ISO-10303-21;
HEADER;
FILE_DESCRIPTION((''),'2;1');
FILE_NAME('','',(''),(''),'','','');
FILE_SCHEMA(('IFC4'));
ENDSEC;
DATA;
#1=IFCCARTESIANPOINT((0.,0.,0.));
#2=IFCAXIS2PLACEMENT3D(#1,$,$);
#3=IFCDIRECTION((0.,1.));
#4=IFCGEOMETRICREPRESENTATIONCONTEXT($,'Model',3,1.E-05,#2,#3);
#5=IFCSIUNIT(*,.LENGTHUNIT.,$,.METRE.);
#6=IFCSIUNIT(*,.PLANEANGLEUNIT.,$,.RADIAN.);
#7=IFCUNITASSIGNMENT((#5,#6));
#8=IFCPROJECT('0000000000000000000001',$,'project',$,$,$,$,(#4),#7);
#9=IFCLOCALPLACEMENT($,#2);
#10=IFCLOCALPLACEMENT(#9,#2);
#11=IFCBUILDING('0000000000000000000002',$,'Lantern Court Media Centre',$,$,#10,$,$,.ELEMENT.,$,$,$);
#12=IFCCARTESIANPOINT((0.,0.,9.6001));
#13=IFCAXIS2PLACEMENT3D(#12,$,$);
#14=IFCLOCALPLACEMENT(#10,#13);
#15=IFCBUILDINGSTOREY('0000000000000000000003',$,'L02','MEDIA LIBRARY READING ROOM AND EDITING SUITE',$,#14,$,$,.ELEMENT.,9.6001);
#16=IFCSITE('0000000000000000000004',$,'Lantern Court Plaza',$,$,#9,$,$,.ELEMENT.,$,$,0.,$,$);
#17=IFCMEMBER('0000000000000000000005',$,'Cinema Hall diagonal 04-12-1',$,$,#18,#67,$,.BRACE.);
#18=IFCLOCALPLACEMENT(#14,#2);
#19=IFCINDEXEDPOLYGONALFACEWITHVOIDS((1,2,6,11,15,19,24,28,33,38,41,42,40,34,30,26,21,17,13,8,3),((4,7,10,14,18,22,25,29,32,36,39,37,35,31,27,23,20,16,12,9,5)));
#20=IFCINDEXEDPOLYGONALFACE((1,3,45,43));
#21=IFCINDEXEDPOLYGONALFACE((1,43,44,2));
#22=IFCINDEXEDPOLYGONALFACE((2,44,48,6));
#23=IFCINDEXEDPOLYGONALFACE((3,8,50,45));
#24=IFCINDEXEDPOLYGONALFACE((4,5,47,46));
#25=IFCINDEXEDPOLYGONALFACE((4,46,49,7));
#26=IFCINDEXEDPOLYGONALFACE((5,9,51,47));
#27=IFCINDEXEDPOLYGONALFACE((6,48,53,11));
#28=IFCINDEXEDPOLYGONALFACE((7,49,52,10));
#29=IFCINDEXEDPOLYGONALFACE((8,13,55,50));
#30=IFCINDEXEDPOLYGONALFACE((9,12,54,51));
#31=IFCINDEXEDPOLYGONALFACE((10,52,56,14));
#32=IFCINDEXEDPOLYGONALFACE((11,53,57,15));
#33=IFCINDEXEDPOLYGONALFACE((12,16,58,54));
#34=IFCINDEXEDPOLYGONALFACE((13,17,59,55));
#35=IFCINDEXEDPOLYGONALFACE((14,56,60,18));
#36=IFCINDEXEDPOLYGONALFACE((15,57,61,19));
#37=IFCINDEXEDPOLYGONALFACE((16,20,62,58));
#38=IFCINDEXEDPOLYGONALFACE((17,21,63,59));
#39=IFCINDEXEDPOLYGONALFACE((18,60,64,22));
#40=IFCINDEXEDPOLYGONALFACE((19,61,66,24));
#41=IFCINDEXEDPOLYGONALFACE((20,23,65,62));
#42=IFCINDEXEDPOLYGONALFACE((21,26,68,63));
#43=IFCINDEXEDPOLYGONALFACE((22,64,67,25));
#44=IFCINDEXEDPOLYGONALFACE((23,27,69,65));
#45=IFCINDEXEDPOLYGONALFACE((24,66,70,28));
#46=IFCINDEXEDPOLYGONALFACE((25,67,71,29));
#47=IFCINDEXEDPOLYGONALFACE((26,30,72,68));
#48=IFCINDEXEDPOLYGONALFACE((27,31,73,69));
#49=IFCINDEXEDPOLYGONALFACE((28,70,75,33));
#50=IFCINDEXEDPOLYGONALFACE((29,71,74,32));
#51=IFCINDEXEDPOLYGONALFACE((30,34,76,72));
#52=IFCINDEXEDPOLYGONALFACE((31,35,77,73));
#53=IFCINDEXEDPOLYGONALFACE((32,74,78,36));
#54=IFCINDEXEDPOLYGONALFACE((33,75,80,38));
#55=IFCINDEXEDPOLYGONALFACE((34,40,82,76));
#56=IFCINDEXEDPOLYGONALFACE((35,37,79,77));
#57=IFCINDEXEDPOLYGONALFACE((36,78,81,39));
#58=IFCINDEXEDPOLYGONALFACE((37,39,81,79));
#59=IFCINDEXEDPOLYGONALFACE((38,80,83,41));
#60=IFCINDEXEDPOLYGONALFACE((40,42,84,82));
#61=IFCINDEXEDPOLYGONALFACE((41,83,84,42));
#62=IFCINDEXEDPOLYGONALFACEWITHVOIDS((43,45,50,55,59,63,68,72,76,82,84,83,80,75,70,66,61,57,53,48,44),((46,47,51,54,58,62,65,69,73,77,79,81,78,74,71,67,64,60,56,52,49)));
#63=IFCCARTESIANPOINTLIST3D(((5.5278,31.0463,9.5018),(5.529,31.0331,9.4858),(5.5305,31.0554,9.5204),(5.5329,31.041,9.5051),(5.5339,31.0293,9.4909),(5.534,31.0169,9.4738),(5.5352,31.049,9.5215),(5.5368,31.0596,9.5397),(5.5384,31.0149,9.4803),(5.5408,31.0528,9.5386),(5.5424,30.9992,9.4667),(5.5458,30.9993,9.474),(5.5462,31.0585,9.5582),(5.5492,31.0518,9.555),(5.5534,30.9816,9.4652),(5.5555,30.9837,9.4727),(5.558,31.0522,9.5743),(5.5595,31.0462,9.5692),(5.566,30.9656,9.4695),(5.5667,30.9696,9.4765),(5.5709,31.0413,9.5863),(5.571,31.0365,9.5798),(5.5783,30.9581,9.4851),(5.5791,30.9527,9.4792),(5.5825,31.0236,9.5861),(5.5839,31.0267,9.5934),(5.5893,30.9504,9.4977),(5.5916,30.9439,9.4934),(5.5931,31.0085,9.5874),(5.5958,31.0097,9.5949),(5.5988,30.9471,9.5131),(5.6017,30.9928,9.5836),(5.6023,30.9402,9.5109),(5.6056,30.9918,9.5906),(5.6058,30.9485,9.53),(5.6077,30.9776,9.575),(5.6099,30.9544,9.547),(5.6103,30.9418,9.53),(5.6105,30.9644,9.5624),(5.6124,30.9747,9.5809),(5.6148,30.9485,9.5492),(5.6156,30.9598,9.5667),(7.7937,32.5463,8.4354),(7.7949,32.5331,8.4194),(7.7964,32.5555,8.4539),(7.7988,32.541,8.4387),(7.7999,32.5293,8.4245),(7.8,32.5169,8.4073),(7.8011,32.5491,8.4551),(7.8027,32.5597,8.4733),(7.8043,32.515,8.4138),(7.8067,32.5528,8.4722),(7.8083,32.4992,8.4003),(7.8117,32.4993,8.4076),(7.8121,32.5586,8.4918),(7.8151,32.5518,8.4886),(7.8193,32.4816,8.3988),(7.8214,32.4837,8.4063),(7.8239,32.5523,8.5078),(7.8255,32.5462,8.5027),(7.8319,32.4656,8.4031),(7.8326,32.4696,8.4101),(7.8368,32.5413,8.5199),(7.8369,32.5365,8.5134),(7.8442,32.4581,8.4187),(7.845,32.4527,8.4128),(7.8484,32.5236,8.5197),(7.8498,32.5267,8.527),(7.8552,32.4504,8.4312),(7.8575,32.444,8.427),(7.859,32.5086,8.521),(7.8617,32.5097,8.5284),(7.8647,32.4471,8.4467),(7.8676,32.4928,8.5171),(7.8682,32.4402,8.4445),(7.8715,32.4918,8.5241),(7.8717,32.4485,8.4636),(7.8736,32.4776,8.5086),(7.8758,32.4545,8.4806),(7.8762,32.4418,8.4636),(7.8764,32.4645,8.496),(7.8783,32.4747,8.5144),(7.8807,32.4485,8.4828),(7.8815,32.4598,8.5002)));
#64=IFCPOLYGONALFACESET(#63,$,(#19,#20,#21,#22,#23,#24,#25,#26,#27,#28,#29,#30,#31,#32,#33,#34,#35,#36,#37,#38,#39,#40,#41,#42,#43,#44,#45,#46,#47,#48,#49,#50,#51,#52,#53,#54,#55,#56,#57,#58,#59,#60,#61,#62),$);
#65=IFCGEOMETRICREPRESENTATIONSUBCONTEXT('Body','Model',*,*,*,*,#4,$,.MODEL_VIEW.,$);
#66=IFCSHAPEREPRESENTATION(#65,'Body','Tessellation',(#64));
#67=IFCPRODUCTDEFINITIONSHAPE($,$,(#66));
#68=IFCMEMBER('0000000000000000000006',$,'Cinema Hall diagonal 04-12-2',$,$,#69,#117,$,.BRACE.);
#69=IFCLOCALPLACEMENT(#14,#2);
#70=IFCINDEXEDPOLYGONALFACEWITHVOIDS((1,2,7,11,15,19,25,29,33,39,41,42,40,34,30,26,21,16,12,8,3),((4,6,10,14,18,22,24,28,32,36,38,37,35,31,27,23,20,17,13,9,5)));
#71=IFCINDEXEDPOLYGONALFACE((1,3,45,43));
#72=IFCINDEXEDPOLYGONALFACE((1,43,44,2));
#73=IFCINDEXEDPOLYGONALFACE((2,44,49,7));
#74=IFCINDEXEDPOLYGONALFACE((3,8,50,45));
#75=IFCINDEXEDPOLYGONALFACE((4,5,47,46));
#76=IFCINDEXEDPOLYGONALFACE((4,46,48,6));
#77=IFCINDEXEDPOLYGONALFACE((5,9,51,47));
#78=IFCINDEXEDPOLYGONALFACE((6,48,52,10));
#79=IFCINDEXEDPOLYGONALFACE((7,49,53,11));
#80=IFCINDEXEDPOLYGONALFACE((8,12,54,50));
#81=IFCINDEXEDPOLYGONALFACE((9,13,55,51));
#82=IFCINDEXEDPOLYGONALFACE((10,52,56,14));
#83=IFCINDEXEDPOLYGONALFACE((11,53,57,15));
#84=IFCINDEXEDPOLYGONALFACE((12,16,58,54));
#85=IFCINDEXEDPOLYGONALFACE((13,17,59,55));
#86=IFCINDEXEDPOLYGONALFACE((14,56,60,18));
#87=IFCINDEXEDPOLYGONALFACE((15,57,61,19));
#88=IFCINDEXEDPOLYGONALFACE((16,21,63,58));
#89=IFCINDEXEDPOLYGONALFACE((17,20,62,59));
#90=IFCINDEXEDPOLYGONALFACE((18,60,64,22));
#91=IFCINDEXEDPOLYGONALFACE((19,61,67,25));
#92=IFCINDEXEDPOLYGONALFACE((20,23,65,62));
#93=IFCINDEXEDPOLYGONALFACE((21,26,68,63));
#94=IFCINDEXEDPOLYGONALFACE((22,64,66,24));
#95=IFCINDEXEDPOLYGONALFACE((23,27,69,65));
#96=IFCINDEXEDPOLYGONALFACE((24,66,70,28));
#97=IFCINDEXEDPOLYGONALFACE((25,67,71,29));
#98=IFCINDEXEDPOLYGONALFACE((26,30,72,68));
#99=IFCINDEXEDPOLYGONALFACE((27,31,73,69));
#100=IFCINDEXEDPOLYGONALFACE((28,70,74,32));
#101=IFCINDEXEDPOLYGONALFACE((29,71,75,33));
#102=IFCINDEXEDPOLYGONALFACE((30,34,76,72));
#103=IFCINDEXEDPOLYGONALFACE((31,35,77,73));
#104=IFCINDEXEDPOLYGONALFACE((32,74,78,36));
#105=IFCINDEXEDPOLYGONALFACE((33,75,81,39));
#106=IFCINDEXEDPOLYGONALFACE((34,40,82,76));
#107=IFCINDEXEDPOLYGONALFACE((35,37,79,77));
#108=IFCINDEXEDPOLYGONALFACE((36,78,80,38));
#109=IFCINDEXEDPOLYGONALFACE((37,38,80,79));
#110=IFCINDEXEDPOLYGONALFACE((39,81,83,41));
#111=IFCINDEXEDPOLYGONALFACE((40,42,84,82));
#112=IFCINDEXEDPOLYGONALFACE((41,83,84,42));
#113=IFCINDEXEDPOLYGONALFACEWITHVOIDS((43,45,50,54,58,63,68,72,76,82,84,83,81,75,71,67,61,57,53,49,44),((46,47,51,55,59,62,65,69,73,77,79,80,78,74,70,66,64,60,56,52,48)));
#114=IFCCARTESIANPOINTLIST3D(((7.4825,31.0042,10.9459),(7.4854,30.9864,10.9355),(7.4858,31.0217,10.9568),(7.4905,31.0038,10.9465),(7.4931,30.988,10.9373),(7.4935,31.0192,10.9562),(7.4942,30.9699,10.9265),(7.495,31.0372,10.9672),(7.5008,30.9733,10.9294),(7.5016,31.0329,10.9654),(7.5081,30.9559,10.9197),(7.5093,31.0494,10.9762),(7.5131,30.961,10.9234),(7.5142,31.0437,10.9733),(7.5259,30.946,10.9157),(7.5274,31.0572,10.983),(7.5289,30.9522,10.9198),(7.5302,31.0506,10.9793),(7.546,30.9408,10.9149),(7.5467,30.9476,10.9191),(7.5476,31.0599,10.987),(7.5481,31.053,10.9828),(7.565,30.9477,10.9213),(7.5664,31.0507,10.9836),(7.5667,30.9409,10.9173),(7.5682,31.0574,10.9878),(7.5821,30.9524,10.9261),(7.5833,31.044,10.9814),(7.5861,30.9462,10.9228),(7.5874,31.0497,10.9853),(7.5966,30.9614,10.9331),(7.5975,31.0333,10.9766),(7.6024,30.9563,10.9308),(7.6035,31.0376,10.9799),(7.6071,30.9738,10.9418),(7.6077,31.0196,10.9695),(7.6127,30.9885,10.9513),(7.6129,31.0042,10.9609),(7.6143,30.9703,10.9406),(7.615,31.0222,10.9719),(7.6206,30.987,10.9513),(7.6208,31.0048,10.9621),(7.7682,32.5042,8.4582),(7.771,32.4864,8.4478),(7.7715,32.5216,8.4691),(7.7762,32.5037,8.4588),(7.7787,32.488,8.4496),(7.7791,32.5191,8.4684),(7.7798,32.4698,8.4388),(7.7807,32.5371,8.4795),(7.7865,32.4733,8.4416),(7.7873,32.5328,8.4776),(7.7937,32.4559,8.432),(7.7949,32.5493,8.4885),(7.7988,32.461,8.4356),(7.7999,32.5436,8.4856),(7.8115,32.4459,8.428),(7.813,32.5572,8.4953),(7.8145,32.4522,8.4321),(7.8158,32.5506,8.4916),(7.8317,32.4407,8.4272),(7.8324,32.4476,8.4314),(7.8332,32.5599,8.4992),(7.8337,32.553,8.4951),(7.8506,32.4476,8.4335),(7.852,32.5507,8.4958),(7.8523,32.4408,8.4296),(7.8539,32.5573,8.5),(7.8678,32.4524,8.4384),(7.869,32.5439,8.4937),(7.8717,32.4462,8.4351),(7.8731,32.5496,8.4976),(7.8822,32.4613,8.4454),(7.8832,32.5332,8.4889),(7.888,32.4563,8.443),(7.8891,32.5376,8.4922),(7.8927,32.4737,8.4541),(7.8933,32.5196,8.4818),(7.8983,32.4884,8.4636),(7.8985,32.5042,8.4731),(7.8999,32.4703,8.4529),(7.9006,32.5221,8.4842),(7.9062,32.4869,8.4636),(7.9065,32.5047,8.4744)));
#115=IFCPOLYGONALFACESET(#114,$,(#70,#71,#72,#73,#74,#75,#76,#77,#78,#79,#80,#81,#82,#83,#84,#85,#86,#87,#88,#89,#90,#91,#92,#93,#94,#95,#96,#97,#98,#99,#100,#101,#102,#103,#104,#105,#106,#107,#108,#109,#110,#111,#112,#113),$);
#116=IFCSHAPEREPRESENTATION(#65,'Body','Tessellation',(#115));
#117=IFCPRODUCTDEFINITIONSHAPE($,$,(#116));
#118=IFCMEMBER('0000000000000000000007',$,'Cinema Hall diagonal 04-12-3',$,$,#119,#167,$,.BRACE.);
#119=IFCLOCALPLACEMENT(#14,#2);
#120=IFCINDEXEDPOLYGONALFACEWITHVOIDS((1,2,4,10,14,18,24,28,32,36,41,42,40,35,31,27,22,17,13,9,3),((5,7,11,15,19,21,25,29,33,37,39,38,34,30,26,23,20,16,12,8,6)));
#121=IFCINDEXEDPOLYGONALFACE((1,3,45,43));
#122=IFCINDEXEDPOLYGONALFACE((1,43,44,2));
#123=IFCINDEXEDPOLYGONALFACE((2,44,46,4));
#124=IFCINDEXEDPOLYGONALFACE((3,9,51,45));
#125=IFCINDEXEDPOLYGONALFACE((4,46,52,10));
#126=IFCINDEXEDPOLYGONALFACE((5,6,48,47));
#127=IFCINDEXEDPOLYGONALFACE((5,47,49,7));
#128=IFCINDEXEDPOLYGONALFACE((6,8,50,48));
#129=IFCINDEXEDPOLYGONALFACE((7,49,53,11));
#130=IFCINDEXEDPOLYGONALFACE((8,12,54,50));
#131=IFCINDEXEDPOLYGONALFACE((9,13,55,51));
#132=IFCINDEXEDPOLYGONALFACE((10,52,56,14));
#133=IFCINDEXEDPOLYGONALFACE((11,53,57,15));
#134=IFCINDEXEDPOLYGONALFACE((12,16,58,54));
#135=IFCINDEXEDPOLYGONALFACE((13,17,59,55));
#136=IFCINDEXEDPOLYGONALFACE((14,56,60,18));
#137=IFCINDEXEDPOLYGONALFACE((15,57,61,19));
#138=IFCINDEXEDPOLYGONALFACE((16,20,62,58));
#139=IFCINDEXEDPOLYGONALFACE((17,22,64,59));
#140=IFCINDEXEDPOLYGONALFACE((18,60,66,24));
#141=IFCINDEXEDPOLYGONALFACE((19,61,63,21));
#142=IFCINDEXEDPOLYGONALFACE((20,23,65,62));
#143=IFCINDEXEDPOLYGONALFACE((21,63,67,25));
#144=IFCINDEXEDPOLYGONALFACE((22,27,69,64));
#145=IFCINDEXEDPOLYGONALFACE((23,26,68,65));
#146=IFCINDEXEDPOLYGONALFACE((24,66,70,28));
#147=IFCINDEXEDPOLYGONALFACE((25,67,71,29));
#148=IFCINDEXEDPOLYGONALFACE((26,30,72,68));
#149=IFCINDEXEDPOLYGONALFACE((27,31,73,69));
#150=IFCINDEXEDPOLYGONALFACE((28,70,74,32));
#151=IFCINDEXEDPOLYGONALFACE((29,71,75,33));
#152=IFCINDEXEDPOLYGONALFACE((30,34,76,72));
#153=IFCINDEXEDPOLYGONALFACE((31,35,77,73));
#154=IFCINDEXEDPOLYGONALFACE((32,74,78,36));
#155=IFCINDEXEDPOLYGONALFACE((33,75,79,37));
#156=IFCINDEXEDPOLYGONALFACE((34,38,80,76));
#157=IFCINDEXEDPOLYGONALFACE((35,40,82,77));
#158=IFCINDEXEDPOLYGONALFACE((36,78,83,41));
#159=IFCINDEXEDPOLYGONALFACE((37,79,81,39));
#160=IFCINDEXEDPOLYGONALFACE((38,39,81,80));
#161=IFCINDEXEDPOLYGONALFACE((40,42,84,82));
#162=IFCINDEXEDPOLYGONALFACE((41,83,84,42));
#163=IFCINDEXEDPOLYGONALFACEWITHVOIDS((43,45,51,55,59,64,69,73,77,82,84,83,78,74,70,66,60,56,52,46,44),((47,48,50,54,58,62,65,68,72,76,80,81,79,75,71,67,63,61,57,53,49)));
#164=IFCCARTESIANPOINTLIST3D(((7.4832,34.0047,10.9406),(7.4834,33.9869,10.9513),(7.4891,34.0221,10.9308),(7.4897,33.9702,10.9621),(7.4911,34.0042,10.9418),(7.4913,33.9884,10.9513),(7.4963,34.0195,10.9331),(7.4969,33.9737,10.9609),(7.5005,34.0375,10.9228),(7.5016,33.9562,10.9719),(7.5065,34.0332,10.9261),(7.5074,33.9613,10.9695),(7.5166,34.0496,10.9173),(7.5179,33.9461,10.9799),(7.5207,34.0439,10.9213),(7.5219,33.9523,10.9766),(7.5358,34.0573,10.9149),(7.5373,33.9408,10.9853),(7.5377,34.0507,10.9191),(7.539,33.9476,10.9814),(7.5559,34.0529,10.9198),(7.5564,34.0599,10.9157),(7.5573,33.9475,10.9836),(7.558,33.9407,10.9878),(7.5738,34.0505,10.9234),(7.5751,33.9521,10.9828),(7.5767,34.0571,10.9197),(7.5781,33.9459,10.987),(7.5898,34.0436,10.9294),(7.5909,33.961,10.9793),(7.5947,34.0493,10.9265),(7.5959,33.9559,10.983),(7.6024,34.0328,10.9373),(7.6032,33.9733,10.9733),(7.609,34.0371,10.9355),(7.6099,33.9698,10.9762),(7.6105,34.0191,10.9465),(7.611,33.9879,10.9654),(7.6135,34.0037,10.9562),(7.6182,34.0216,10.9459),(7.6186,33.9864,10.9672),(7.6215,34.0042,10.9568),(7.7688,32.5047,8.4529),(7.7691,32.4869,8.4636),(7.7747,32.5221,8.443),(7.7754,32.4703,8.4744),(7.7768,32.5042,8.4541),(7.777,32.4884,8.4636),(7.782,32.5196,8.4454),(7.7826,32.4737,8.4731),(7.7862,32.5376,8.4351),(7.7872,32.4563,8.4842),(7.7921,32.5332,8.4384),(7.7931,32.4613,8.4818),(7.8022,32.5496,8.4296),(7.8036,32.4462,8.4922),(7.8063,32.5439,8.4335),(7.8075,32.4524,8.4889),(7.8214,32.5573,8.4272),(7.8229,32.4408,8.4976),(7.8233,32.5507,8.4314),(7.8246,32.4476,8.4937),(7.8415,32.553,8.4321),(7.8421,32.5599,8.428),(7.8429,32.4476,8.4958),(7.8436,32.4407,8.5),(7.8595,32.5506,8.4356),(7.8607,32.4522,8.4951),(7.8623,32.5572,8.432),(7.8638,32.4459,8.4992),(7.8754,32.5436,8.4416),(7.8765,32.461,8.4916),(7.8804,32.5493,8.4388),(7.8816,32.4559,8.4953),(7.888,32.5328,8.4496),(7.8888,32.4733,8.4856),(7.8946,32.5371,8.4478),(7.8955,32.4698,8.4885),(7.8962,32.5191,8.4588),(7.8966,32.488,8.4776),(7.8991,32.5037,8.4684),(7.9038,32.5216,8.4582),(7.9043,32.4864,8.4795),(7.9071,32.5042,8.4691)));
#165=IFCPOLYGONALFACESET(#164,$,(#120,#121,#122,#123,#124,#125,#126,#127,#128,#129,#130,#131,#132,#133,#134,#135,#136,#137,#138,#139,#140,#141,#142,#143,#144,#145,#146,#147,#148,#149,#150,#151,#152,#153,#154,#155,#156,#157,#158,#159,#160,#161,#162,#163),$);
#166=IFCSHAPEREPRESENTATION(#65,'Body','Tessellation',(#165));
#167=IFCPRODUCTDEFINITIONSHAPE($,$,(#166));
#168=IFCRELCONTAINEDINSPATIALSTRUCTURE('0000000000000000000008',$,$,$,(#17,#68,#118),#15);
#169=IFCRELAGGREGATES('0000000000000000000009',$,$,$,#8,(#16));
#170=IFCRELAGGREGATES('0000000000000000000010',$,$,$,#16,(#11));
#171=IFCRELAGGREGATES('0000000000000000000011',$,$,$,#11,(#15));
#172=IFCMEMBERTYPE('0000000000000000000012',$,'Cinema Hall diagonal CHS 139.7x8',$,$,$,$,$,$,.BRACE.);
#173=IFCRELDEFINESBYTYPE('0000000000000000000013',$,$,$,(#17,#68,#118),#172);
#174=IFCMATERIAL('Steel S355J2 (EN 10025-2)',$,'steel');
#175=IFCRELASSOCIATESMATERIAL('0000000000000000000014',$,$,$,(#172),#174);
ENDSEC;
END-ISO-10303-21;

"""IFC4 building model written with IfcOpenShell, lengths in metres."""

from ifc_helpers import new_model, si_unit, direction, frame, origin, origin_2d, place, context, subcontext, project, spatial, hollow_circle, extrude, material, material_profile, profile_set, type_object, element, save


model = new_model("IFC4")

# Units and contexts
model_context = context("Model", 3, precision=1e-05, world=origin(), true_north=direction((0.0, 1.0)))
body_context = subcontext(model_context, "Body", "Model", "MODEL_VIEW")
ifc_project = project(units=[si_unit("LENGTHUNIT", "METRE"), si_unit("PLANEANGLEUNIT", "RADIAN")], contexts=[model_context])

# Site, building, storey
site_placement = place(None, origin())
site = spatial("IfcSite", under=ifc_project, at=site_placement, Name="Lantern Court Plaza", CompositionType="ELEMENT", RefElevation=0.0)
building_placement = place(site_placement, origin())
building = spatial("IfcBuilding", under=site, at=building_placement, Name="Lantern Court Media Centre", CompositionType="ELEMENT")
storey_placement = place(building_placement, frame((0.0, 0.0, 9.6001)))
storey = spatial("IfcBuildingStorey", under=building, at=storey_placement, Name="L02", Description="MEDIA LIBRARY READING ROOM AND EDITING SUITE", CompositionType="ELEMENT", Elevation=9.6001)

# Members
ifc_material = material(Name="Steel S355J2 (EN 10025-2)", Category="steel")
ifc_material_profile_1 = material_profile(ifc_material, hollow_circle(Radius=0.0698, WallThickness=0.0081, at=origin_2d()), Name="Cinema Hall diagonal CHS 139.7x8")
ifc_profile_set_1 = profile_set([ifc_material_profile_1], Name="Steel S355J2 (EN 10025-2)")
member_type_1 = type_object("IfcMemberType", Name="Cinema Hall diagonal CHS 139.7x8", PredefinedType="BRACE", material=ifc_profile_set_1)
member_1_placement = place(storey_placement, frame((7.8376, 32.5, 8.4636), z_axis=(-0.776211, -0.51385, 0.365315), x_axis=(0.552002, -0.833843, 0.0)))
element("IfcMember", 1, at=member_1_placement, inside=storey, type_object=member_type_1, Name="Cinema Hall diagonal 04-12-1", PredefinedType="BRACE", context=body_context, shape_type="SweptSolid", body=[
    extrude(hollow_circle(Radius=0.0698, WallThickness=0.0081, at=origin_2d()), origin(), (0.0, 0.0, 1.0), 2.9192),
])
for number, where, z_axis, x_axis, name in (
    (2, (7.8376, 32.5, 8.4636), (-0.097856, -0.51387, 0.852268), (0.982347, -0.187068, 0.0), "Cinema Hall diagonal 04-12-2"),
    (3, (7.8376, 32.5, 8.4636), (-0.097856, 0.51387, 0.852268), (-0.982347, -0.187068, 0.0), "Cinema Hall diagonal 04-12-3"),
):
    element("IfcMember", number, at=place(storey_placement, frame(where, z_axis=z_axis, x_axis=x_axis)), inside=storey, type_object=member_type_1, Name=name, PredefinedType="BRACE", context=body_context, shape_type="SweptSolid", body=[
        extrude(hollow_circle(Radius=0.0698, WallThickness=0.0081, at=origin_2d()), origin(), (0.0, 0.0, 1.0), 2.9189),
    ])

save(model, "model.ifc")
